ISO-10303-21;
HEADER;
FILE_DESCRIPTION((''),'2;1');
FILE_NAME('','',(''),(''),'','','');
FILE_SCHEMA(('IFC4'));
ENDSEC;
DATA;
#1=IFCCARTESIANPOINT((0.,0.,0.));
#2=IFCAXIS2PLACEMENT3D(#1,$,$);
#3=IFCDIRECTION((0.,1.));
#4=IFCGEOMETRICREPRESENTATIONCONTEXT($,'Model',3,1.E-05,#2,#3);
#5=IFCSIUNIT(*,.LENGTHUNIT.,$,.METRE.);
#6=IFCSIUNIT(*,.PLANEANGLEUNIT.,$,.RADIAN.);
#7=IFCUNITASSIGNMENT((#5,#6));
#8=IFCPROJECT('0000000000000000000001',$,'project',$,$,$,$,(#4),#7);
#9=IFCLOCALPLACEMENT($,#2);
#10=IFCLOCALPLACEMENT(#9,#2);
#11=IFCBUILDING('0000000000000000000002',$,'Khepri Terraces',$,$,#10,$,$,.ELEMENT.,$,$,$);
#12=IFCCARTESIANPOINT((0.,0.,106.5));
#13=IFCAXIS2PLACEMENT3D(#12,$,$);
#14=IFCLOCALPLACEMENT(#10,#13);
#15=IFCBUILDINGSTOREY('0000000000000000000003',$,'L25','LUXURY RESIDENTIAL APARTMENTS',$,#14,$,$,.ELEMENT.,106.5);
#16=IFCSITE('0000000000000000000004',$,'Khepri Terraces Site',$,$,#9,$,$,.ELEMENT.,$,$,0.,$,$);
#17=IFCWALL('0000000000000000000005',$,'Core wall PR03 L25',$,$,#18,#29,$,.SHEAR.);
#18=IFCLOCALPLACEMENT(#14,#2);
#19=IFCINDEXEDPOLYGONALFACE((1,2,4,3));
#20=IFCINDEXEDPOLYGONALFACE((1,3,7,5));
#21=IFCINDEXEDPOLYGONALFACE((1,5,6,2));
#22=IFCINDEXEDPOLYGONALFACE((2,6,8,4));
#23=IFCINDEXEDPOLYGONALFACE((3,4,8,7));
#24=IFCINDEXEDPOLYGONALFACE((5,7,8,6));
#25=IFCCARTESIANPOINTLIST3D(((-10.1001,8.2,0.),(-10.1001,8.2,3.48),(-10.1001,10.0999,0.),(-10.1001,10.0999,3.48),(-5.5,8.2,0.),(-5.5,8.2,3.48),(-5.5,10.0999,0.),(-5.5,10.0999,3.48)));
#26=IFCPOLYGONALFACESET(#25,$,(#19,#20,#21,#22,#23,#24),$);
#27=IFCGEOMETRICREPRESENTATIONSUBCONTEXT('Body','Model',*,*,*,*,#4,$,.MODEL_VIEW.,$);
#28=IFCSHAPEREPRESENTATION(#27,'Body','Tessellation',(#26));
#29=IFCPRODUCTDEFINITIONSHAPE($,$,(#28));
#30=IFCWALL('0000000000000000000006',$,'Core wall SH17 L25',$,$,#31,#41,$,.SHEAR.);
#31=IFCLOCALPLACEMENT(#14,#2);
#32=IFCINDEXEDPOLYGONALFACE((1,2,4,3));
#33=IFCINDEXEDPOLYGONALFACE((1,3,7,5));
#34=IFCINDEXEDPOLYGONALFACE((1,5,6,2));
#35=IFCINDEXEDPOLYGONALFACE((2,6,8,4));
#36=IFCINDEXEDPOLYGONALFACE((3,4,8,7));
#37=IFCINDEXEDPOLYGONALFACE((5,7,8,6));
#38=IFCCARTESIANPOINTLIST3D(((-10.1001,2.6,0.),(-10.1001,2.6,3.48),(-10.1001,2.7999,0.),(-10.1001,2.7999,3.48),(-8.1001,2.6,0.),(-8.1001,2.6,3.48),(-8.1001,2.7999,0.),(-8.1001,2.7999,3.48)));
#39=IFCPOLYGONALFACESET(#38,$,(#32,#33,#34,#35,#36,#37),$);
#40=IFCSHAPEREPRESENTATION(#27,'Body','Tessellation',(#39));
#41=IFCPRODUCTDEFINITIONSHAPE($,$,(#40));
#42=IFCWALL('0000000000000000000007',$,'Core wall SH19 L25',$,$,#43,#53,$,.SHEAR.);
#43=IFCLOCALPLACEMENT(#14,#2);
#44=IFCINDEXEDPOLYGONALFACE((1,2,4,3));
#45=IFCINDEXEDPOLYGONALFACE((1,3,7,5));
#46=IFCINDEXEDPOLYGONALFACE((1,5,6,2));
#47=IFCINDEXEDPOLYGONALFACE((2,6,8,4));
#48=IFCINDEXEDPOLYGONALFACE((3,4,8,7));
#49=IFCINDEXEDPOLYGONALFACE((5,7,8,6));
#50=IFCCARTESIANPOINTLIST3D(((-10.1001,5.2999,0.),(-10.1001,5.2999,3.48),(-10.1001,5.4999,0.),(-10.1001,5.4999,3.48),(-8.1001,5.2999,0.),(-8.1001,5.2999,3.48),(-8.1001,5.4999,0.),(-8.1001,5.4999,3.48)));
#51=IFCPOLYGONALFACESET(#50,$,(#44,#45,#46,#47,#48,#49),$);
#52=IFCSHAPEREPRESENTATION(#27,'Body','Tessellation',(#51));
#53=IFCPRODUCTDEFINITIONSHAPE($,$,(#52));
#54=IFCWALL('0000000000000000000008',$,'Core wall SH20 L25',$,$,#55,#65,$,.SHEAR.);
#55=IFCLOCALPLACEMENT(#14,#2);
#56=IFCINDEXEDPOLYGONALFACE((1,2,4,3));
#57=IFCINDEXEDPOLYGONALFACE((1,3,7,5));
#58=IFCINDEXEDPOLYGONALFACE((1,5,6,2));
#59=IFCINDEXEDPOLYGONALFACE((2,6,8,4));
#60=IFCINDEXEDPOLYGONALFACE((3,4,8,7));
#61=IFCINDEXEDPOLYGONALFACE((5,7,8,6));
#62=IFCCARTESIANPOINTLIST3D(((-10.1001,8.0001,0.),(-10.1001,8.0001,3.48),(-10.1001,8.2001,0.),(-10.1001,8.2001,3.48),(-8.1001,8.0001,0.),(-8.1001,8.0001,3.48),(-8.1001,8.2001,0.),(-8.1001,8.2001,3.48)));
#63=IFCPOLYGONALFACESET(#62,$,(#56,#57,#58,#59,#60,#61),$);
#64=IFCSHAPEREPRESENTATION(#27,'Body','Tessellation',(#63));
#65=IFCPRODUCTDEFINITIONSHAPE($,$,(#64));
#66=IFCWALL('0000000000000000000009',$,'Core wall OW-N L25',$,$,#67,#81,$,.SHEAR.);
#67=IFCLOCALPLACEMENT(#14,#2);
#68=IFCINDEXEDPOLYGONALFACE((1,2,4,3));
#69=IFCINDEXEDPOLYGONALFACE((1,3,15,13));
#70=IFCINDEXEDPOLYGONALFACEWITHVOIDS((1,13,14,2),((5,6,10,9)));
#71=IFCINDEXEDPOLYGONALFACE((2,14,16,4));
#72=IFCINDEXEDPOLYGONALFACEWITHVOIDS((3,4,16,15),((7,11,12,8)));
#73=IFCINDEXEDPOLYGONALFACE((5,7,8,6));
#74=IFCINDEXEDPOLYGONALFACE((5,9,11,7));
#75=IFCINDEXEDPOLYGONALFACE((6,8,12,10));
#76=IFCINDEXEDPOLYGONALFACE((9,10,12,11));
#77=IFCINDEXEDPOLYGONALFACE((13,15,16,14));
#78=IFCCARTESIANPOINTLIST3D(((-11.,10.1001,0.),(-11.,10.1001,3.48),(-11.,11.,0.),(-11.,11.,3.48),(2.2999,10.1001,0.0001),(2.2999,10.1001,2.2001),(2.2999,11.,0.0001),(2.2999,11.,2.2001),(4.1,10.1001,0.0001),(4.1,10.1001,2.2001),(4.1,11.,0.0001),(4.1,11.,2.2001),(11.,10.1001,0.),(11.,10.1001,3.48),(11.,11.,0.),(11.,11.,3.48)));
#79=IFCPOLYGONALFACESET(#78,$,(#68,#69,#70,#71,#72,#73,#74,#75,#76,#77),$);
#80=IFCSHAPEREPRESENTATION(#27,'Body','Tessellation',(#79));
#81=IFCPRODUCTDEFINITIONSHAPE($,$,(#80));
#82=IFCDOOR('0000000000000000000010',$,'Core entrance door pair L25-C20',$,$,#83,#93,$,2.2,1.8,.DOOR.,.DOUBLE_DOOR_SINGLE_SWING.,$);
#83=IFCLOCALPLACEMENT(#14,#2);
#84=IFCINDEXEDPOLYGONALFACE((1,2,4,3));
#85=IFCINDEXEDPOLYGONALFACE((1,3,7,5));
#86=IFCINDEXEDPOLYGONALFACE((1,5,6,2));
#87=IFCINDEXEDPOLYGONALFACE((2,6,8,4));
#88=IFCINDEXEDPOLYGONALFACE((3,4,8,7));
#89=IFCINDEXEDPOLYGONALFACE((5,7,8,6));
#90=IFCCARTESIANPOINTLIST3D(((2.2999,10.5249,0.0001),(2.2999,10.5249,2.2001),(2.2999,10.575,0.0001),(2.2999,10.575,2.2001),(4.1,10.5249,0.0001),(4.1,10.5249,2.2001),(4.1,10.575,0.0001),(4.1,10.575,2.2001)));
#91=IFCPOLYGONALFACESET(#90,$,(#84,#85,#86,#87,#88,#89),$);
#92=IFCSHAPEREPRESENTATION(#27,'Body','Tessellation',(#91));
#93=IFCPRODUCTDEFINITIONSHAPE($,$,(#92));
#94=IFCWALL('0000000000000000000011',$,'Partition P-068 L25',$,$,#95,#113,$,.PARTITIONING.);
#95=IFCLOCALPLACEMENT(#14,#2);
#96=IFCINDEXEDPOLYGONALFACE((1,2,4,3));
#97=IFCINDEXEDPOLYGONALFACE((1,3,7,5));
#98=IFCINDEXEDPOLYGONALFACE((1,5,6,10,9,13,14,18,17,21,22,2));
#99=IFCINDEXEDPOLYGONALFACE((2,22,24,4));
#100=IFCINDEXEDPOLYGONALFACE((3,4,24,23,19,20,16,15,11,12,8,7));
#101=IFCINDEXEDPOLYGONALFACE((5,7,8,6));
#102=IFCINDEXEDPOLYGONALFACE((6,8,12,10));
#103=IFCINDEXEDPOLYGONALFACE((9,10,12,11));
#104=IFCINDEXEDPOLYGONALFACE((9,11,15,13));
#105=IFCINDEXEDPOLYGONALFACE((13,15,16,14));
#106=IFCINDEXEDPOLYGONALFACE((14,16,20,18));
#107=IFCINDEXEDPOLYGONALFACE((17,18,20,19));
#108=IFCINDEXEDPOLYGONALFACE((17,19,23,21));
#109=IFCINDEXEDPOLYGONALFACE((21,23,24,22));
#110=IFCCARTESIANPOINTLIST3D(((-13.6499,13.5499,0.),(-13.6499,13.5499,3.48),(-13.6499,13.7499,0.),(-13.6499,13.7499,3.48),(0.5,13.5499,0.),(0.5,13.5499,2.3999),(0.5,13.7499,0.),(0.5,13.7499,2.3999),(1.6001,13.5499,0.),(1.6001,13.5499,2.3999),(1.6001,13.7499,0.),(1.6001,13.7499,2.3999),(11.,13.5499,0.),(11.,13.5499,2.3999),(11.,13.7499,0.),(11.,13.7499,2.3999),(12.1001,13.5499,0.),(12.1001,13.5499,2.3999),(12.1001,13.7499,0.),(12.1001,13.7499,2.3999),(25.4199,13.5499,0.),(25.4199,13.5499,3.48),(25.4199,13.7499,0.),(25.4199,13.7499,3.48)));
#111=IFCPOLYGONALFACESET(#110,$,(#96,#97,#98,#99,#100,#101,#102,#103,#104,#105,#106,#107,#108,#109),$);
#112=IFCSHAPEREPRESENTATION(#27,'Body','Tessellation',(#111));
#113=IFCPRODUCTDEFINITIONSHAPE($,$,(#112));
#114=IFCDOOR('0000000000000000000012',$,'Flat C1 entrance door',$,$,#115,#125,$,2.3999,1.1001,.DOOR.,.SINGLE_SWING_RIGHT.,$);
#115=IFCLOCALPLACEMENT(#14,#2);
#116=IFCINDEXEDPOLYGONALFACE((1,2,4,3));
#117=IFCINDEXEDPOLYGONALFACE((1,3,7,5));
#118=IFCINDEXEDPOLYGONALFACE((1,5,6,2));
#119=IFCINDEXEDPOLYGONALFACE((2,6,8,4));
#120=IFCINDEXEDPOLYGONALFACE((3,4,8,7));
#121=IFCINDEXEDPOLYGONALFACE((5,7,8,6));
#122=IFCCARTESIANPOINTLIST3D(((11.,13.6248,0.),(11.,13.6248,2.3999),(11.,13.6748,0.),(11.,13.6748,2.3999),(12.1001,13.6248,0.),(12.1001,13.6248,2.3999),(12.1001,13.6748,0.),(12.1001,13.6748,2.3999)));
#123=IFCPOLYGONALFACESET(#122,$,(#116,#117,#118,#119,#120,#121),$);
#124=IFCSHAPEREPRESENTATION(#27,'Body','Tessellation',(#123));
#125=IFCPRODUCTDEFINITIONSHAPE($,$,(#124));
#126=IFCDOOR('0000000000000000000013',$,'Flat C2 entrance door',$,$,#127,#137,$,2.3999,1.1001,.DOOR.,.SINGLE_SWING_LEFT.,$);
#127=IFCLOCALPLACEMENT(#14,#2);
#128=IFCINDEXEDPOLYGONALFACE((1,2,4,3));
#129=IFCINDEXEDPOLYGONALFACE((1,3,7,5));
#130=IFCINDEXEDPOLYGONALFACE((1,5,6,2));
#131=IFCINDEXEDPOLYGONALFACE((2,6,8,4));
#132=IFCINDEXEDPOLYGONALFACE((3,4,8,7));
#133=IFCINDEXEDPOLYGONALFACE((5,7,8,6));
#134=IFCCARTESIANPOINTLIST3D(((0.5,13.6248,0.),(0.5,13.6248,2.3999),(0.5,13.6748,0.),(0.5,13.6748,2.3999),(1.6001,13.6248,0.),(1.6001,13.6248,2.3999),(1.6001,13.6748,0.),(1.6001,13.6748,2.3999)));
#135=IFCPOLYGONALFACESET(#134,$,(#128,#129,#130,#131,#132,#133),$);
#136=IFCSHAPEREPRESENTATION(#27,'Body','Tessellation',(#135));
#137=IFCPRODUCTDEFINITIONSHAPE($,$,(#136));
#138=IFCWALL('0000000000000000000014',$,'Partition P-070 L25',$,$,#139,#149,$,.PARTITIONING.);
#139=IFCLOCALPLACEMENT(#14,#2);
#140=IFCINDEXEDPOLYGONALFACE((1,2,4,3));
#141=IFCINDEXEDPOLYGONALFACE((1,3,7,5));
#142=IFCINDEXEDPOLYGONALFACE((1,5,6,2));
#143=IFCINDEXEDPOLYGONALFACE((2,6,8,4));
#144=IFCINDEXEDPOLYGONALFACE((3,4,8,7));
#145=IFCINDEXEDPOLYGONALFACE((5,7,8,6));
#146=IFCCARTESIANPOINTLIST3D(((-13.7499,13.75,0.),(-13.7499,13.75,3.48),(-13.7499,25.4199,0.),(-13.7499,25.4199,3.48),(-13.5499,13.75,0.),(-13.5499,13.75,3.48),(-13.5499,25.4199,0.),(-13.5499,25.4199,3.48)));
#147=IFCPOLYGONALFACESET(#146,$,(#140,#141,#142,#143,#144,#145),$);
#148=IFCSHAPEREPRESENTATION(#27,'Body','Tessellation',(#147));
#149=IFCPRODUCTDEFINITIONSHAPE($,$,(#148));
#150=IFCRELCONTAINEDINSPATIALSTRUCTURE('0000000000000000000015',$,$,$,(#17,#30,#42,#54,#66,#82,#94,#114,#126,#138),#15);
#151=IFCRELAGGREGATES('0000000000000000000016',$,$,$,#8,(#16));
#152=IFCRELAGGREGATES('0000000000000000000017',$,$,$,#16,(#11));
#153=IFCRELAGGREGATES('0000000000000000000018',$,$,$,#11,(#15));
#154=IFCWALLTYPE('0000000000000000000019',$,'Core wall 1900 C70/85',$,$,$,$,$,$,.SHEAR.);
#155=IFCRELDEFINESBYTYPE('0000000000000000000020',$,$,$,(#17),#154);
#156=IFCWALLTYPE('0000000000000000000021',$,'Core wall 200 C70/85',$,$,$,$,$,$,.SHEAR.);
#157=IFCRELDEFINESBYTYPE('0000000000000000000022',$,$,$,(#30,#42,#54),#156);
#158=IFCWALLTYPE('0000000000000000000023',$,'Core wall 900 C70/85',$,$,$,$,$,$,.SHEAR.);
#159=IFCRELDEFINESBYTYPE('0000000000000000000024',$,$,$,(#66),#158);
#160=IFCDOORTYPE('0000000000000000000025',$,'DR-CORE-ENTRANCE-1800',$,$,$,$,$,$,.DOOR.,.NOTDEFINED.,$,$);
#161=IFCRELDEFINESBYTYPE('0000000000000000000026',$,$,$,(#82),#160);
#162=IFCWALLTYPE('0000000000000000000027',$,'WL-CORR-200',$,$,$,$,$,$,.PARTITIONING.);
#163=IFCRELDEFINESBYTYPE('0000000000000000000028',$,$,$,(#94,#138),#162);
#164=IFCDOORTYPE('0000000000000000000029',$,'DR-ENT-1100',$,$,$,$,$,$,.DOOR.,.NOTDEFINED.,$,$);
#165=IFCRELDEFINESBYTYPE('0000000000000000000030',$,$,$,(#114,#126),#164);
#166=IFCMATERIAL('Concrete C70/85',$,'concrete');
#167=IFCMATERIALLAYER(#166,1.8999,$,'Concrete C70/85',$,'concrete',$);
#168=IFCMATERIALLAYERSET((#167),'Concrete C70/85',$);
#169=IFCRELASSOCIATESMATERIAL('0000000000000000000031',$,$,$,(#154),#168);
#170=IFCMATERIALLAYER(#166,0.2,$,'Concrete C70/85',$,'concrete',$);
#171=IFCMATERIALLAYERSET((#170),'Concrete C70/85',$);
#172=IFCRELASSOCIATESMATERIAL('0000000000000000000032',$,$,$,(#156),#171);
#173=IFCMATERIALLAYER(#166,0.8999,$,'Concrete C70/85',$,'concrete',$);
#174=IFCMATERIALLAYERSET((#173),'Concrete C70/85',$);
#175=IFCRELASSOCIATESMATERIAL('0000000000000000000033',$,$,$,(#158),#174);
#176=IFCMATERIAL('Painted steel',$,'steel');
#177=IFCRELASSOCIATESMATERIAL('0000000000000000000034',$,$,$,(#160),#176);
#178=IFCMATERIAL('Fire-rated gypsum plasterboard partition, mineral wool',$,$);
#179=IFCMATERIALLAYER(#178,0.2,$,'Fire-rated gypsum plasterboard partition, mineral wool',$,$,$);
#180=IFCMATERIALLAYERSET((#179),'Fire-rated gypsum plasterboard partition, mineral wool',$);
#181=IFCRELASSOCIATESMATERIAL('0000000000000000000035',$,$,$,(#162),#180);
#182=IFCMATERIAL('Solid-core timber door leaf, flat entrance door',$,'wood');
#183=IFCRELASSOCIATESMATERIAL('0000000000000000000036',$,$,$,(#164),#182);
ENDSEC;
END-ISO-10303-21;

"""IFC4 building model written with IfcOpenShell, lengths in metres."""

from ifc_helpers import new_model, si_unit, direction, frame, frame_2d, origin, place, context, subcontext, project, spatial, rectangle, extrude, material, layer, layer_set, type_object, element, fill, save


model = new_model("IFC4")

# Units and contexts
model_context = context("Model", 3, precision=1e-05, world=origin(), true_north=direction((0.0, 1.0)))
body_context = subcontext(model_context, "Body", "Model", "MODEL_VIEW")
ifc_project = project(units=[si_unit("LENGTHUNIT", "METRE"), si_unit("PLANEANGLEUNIT", "RADIAN")], contexts=[model_context])

# Site, building, storey
site_placement = place(None, origin())
site = spatial("IfcSite", under=ifc_project, at=site_placement, Name="Khepri Terraces Site", CompositionType="ELEMENT", RefElevation=0.0)
building_placement = place(site_placement, origin())
building = spatial("IfcBuilding", under=site, at=building_placement, Name="Khepri Terraces", CompositionType="ELEMENT")
storey_placement = place(building_placement, frame((0.0, 0.0, 106.5)))
storey = spatial("IfcBuildingStorey", under=building, at=storey_placement, Name="L25", Description="LUXURY RESIDENTIAL APARTMENTS", CompositionType="ELEMENT", Elevation=106.5)

# Walls
ifc_material_1 = material(Name="Concrete C70/85", Category="concrete")
ifc_layer_1 = layer(ifc_material_1, 1.8999, Name="Concrete C70/85", Category="concrete")
ifc_layer_set_1 = layer_set([ifc_layer_1], Name="Concrete C70/85")
wall_type_1 = type_object("IfcWallType", Name="Core wall 1900 C70/85", PredefinedType="SHEAR", material=ifc_layer_set_1)
wall_1_placement = place(storey_placement, frame((-10.1001, 9.1499, 0.0), z_axis=(0.0, 0.0, 1.0), x_axis=(1.0, 0.0, 0.0)))
element("IfcWall", 1, at=wall_1_placement, inside=storey, type_object=wall_type_1, Name="Core wall PR03 L25", PredefinedType="SHEAR", context=body_context, shape_type="SweptSolid", body=[
    extrude(rectangle(XDim=4.6001, YDim=1.8999, at=frame_2d((2.3, 0.0))), origin(), (0.0, 0.0, 1.0), 3.48),
])
ifc_layer_2 = layer(ifc_material_1, 0.2, Name="Concrete C70/85", Category="concrete")
ifc_layer_set_2 = layer_set([ifc_layer_2], Name="Concrete C70/85")
wall_type_2 = type_object("IfcWallType", Name="Core wall 200 C70/85", PredefinedType="SHEAR", material=ifc_layer_set_2)
for number, where, z_axis, x_axis, name in (
    (2, (-10.1001, 2.7, 0.0), (0.0, 0.0, 1.0), (1.0, 0.0, 0.0), "Core wall SH17 L25"),
    (3, (-10.1001, 5.3999, 0.0), (0.0, 0.0, 1.0), (1.0, 0.0, 0.0), "Core wall SH19 L25"),
    (4, (-10.1001, 8.1001, 0.0), (0.0, 0.0, 1.0), (1.0, 0.0, 0.0), "Core wall SH20 L25"),
):
    element("IfcWall", number, at=place(storey_placement, frame(where, z_axis=z_axis, x_axis=x_axis)), inside=storey, type_object=wall_type_2, Name=name, PredefinedType="SHEAR", context=body_context, shape_type="SweptSolid", body=[
        extrude(rectangle(XDim=2.0, YDim=0.2, at=frame_2d((1.0, 0.0))), origin(), (0.0, 0.0, 1.0), 3.48),
    ])

# Wall, opening, door
ifc_layer_3 = layer(ifc_material_1, 0.8999, Name="Concrete C70/85", Category="concrete")
ifc_layer_set_3 = layer_set([ifc_layer_3], Name="Concrete C70/85")
wall_type_3 = type_object("IfcWallType", Name="Core wall 900 C70/85", PredefinedType="SHEAR", material=ifc_layer_set_3)
wall_2_placement = place(storey_placement, frame((-11.0, 10.55, 0.0), z_axis=(0.0, 0.0, 1.0), x_axis=(1.0, 0.0, 0.0)))
wall_2 = element("IfcWall", 5, at=wall_2_placement, inside=storey, type_object=wall_type_3, Name="Core wall OW-N L25", PredefinedType="SHEAR", context=body_context, shape_type="SweptSolid", body=[
    extrude(rectangle(XDim=22.0, YDim=0.8999, at=frame_2d((11.0, 0.0))), origin(), (0.0, 0.0, 1.0), 3.48),
])
opening_1_placement = place(wall_2_placement, frame((13.3, 0.0, 0.0)))
opening_1 = element("IfcOpeningElement", 6, at=opening_1_placement, cuts=wall_2, PredefinedType="OPENING", context=body_context, shape_type="SweptSolid", body=[
    extrude(rectangle(XDim=1.8, YDim=2.2, at=frame_2d((0.8999, 1.1001))), frame((0.0, 0.46, 0.0), z_axis=(0.0, -1.0, 0.0), x_axis=(1.0, 0.0, 0.0)), (0.0, 0.0, 1.0), 0.9199),
])
ifc_material_2 = material(Name="Painted steel", Category="steel")
door_type_1 = type_object("IfcDoorType", Name="DR-CORE-ENTRANCE-1800", OperationType="NOTDEFINED", PredefinedType="DOOR", material=ifc_material_2)
door_1_placement = place(opening_1_placement, origin())
door_1 = element("IfcDoor", 7, at=door_1_placement, inside=storey, type_object=door_type_1, Name="Core entrance door pair L25-C20", OperationType="DOUBLE_DOOR_SINGLE_SWING", OverallHeight=2.2, OverallWidth=1.8, PredefinedType="DOOR", context=body_context, shape_type="SweptSolid", body=[
    extrude(rectangle(XDim=1.8, YDim=2.2, at=frame_2d((0.8999, 1.1001))), frame((0.0, 0.0249, 0.0), z_axis=(0.0, -1.0, 0.0), x_axis=(1.0, 0.0, 0.0)), (0.0, 0.0, 1.0), 0.05),
])
fill(opening_1, door_1)

# Wall, openings, doors
ifc_material_3 = material(Name="Fire-rated gypsum plasterboard partition, mineral wool")
ifc_layer_4 = layer(ifc_material_3, 0.2, Name="Fire-rated gypsum plasterboard partition, mineral wool")
ifc_layer_set_4 = layer_set([ifc_layer_4], Name="Fire-rated gypsum plasterboard partition, mineral wool")
wall_type_4 = type_object("IfcWallType", Name="WL-CORR-200", PredefinedType="PARTITIONING", material=ifc_layer_set_4)
wall_3_placement = place(storey_placement, frame((-13.6499, 13.6499, 0.0), z_axis=(0.0, 0.0, 1.0), x_axis=(1.0, 0.0, 0.0)))
wall_3 = element("IfcWall", 8, at=wall_3_placement, inside=storey, type_object=wall_type_4, Name="Partition P-068 L25", PredefinedType="PARTITIONING", context=body_context, shape_type="SweptSolid", body=[
    extrude(rectangle(XDim=39.0698, YDim=0.2, at=frame_2d((19.5349, 0.0))), origin(), (0.0, 0.0, 1.0), 3.48),
])
opening_2_placement = place(wall_3_placement, frame((24.6499, 0.0, 0.0)))
opening_2 = element("IfcOpeningElement", 9, at=opening_2_placement, cuts=wall_3, PredefinedType="OPENING", context=body_context, shape_type="SweptSolid", body=[
    extrude(rectangle(XDim=1.1001, YDim=2.3999, at=frame_2d((0.55, 1.2))), frame((0.0, 0.1099, 0.0), z_axis=(0.0, -1.0, 0.0), x_axis=(1.0, 0.0, 0.0)), (0.0, 0.0, 1.0), 0.22),
])
opening_3_placement = place(wall_3_placement, frame((14.1499, 0.0, 0.0)))
opening_3 = element("IfcOpeningElement", 10, at=opening_3_placement, cuts=wall_3, PredefinedType="OPENING", context=body_context, shape_type="SweptSolid", body=[
    extrude(rectangle(XDim=1.1001, YDim=2.3999, at=frame_2d((0.55, 1.2))), frame((0.0, 0.1099, 0.0), z_axis=(0.0, -1.0, 0.0), x_axis=(1.0, 0.0, 0.0)), (0.0, 0.0, 1.0), 0.22),
])
ifc_material_4 = material(Name="Solid-core timber door leaf, flat entrance door", Category="wood")
door_type_2 = type_object("IfcDoorType", Name="DR-ENT-1100", OperationType="NOTDEFINED", PredefinedType="DOOR", material=ifc_material_4)
door_2_placement = place(opening_2_placement, origin())
door_2 = element("IfcDoor", 11, at=door_2_placement, inside=storey, type_object=door_type_2, Name="Flat C1 entrance door", OperationType="SINGLE_SWING_RIGHT", OverallHeight=2.3999, OverallWidth=1.1001, PredefinedType="DOOR", context=body_context, shape_type="SweptSolid", body=[
    extrude(rectangle(XDim=1.1001, YDim=2.3999, at=frame_2d((0.55, 1.2))), frame((0.0, 0.0249, 0.0), z_axis=(0.0, -1.0, 0.0), x_axis=(1.0, 0.0, 0.0)), (0.0, 0.0, 1.0), 0.05),
])
fill(opening_2, door_2)
door_3_placement = place(opening_3_placement, origin())
door_3 = element("IfcDoor", 12, at=door_3_placement, inside=storey, type_object=door_type_2, Name="Flat C2 entrance door", OperationType="SINGLE_SWING_LEFT", OverallHeight=2.3999, OverallWidth=1.1001, PredefinedType="DOOR", context=body_context, shape_type="SweptSolid", body=[
    extrude(rectangle(XDim=1.1001, YDim=2.3999, at=frame_2d((0.55, 1.2))), frame((0.0, 0.0249, 0.0), z_axis=(0.0, -1.0, 0.0), x_axis=(1.0, 0.0, 0.0)), (0.0, 0.0, 1.0), 0.05),
])
fill(opening_3, door_3)

# Wall
wall_4_placement = place(storey_placement, frame((-13.6499, 13.75, 0.0), z_axis=(0.0, 0.0, 1.0), x_axis=(0.0, 1.0, 0.0)))
element("IfcWall", 13, at=wall_4_placement, inside=storey, type_object=wall_type_4, Name="Partition P-070 L25", PredefinedType="PARTITIONING", context=body_context, shape_type="SweptSolid", body=[
    extrude(rectangle(XDim=11.6699, YDim=0.2, at=frame_2d((5.835, 0.0))), origin(), (0.0, 0.0, 1.0), 3.48),
])

save(model, "model.ifc")
